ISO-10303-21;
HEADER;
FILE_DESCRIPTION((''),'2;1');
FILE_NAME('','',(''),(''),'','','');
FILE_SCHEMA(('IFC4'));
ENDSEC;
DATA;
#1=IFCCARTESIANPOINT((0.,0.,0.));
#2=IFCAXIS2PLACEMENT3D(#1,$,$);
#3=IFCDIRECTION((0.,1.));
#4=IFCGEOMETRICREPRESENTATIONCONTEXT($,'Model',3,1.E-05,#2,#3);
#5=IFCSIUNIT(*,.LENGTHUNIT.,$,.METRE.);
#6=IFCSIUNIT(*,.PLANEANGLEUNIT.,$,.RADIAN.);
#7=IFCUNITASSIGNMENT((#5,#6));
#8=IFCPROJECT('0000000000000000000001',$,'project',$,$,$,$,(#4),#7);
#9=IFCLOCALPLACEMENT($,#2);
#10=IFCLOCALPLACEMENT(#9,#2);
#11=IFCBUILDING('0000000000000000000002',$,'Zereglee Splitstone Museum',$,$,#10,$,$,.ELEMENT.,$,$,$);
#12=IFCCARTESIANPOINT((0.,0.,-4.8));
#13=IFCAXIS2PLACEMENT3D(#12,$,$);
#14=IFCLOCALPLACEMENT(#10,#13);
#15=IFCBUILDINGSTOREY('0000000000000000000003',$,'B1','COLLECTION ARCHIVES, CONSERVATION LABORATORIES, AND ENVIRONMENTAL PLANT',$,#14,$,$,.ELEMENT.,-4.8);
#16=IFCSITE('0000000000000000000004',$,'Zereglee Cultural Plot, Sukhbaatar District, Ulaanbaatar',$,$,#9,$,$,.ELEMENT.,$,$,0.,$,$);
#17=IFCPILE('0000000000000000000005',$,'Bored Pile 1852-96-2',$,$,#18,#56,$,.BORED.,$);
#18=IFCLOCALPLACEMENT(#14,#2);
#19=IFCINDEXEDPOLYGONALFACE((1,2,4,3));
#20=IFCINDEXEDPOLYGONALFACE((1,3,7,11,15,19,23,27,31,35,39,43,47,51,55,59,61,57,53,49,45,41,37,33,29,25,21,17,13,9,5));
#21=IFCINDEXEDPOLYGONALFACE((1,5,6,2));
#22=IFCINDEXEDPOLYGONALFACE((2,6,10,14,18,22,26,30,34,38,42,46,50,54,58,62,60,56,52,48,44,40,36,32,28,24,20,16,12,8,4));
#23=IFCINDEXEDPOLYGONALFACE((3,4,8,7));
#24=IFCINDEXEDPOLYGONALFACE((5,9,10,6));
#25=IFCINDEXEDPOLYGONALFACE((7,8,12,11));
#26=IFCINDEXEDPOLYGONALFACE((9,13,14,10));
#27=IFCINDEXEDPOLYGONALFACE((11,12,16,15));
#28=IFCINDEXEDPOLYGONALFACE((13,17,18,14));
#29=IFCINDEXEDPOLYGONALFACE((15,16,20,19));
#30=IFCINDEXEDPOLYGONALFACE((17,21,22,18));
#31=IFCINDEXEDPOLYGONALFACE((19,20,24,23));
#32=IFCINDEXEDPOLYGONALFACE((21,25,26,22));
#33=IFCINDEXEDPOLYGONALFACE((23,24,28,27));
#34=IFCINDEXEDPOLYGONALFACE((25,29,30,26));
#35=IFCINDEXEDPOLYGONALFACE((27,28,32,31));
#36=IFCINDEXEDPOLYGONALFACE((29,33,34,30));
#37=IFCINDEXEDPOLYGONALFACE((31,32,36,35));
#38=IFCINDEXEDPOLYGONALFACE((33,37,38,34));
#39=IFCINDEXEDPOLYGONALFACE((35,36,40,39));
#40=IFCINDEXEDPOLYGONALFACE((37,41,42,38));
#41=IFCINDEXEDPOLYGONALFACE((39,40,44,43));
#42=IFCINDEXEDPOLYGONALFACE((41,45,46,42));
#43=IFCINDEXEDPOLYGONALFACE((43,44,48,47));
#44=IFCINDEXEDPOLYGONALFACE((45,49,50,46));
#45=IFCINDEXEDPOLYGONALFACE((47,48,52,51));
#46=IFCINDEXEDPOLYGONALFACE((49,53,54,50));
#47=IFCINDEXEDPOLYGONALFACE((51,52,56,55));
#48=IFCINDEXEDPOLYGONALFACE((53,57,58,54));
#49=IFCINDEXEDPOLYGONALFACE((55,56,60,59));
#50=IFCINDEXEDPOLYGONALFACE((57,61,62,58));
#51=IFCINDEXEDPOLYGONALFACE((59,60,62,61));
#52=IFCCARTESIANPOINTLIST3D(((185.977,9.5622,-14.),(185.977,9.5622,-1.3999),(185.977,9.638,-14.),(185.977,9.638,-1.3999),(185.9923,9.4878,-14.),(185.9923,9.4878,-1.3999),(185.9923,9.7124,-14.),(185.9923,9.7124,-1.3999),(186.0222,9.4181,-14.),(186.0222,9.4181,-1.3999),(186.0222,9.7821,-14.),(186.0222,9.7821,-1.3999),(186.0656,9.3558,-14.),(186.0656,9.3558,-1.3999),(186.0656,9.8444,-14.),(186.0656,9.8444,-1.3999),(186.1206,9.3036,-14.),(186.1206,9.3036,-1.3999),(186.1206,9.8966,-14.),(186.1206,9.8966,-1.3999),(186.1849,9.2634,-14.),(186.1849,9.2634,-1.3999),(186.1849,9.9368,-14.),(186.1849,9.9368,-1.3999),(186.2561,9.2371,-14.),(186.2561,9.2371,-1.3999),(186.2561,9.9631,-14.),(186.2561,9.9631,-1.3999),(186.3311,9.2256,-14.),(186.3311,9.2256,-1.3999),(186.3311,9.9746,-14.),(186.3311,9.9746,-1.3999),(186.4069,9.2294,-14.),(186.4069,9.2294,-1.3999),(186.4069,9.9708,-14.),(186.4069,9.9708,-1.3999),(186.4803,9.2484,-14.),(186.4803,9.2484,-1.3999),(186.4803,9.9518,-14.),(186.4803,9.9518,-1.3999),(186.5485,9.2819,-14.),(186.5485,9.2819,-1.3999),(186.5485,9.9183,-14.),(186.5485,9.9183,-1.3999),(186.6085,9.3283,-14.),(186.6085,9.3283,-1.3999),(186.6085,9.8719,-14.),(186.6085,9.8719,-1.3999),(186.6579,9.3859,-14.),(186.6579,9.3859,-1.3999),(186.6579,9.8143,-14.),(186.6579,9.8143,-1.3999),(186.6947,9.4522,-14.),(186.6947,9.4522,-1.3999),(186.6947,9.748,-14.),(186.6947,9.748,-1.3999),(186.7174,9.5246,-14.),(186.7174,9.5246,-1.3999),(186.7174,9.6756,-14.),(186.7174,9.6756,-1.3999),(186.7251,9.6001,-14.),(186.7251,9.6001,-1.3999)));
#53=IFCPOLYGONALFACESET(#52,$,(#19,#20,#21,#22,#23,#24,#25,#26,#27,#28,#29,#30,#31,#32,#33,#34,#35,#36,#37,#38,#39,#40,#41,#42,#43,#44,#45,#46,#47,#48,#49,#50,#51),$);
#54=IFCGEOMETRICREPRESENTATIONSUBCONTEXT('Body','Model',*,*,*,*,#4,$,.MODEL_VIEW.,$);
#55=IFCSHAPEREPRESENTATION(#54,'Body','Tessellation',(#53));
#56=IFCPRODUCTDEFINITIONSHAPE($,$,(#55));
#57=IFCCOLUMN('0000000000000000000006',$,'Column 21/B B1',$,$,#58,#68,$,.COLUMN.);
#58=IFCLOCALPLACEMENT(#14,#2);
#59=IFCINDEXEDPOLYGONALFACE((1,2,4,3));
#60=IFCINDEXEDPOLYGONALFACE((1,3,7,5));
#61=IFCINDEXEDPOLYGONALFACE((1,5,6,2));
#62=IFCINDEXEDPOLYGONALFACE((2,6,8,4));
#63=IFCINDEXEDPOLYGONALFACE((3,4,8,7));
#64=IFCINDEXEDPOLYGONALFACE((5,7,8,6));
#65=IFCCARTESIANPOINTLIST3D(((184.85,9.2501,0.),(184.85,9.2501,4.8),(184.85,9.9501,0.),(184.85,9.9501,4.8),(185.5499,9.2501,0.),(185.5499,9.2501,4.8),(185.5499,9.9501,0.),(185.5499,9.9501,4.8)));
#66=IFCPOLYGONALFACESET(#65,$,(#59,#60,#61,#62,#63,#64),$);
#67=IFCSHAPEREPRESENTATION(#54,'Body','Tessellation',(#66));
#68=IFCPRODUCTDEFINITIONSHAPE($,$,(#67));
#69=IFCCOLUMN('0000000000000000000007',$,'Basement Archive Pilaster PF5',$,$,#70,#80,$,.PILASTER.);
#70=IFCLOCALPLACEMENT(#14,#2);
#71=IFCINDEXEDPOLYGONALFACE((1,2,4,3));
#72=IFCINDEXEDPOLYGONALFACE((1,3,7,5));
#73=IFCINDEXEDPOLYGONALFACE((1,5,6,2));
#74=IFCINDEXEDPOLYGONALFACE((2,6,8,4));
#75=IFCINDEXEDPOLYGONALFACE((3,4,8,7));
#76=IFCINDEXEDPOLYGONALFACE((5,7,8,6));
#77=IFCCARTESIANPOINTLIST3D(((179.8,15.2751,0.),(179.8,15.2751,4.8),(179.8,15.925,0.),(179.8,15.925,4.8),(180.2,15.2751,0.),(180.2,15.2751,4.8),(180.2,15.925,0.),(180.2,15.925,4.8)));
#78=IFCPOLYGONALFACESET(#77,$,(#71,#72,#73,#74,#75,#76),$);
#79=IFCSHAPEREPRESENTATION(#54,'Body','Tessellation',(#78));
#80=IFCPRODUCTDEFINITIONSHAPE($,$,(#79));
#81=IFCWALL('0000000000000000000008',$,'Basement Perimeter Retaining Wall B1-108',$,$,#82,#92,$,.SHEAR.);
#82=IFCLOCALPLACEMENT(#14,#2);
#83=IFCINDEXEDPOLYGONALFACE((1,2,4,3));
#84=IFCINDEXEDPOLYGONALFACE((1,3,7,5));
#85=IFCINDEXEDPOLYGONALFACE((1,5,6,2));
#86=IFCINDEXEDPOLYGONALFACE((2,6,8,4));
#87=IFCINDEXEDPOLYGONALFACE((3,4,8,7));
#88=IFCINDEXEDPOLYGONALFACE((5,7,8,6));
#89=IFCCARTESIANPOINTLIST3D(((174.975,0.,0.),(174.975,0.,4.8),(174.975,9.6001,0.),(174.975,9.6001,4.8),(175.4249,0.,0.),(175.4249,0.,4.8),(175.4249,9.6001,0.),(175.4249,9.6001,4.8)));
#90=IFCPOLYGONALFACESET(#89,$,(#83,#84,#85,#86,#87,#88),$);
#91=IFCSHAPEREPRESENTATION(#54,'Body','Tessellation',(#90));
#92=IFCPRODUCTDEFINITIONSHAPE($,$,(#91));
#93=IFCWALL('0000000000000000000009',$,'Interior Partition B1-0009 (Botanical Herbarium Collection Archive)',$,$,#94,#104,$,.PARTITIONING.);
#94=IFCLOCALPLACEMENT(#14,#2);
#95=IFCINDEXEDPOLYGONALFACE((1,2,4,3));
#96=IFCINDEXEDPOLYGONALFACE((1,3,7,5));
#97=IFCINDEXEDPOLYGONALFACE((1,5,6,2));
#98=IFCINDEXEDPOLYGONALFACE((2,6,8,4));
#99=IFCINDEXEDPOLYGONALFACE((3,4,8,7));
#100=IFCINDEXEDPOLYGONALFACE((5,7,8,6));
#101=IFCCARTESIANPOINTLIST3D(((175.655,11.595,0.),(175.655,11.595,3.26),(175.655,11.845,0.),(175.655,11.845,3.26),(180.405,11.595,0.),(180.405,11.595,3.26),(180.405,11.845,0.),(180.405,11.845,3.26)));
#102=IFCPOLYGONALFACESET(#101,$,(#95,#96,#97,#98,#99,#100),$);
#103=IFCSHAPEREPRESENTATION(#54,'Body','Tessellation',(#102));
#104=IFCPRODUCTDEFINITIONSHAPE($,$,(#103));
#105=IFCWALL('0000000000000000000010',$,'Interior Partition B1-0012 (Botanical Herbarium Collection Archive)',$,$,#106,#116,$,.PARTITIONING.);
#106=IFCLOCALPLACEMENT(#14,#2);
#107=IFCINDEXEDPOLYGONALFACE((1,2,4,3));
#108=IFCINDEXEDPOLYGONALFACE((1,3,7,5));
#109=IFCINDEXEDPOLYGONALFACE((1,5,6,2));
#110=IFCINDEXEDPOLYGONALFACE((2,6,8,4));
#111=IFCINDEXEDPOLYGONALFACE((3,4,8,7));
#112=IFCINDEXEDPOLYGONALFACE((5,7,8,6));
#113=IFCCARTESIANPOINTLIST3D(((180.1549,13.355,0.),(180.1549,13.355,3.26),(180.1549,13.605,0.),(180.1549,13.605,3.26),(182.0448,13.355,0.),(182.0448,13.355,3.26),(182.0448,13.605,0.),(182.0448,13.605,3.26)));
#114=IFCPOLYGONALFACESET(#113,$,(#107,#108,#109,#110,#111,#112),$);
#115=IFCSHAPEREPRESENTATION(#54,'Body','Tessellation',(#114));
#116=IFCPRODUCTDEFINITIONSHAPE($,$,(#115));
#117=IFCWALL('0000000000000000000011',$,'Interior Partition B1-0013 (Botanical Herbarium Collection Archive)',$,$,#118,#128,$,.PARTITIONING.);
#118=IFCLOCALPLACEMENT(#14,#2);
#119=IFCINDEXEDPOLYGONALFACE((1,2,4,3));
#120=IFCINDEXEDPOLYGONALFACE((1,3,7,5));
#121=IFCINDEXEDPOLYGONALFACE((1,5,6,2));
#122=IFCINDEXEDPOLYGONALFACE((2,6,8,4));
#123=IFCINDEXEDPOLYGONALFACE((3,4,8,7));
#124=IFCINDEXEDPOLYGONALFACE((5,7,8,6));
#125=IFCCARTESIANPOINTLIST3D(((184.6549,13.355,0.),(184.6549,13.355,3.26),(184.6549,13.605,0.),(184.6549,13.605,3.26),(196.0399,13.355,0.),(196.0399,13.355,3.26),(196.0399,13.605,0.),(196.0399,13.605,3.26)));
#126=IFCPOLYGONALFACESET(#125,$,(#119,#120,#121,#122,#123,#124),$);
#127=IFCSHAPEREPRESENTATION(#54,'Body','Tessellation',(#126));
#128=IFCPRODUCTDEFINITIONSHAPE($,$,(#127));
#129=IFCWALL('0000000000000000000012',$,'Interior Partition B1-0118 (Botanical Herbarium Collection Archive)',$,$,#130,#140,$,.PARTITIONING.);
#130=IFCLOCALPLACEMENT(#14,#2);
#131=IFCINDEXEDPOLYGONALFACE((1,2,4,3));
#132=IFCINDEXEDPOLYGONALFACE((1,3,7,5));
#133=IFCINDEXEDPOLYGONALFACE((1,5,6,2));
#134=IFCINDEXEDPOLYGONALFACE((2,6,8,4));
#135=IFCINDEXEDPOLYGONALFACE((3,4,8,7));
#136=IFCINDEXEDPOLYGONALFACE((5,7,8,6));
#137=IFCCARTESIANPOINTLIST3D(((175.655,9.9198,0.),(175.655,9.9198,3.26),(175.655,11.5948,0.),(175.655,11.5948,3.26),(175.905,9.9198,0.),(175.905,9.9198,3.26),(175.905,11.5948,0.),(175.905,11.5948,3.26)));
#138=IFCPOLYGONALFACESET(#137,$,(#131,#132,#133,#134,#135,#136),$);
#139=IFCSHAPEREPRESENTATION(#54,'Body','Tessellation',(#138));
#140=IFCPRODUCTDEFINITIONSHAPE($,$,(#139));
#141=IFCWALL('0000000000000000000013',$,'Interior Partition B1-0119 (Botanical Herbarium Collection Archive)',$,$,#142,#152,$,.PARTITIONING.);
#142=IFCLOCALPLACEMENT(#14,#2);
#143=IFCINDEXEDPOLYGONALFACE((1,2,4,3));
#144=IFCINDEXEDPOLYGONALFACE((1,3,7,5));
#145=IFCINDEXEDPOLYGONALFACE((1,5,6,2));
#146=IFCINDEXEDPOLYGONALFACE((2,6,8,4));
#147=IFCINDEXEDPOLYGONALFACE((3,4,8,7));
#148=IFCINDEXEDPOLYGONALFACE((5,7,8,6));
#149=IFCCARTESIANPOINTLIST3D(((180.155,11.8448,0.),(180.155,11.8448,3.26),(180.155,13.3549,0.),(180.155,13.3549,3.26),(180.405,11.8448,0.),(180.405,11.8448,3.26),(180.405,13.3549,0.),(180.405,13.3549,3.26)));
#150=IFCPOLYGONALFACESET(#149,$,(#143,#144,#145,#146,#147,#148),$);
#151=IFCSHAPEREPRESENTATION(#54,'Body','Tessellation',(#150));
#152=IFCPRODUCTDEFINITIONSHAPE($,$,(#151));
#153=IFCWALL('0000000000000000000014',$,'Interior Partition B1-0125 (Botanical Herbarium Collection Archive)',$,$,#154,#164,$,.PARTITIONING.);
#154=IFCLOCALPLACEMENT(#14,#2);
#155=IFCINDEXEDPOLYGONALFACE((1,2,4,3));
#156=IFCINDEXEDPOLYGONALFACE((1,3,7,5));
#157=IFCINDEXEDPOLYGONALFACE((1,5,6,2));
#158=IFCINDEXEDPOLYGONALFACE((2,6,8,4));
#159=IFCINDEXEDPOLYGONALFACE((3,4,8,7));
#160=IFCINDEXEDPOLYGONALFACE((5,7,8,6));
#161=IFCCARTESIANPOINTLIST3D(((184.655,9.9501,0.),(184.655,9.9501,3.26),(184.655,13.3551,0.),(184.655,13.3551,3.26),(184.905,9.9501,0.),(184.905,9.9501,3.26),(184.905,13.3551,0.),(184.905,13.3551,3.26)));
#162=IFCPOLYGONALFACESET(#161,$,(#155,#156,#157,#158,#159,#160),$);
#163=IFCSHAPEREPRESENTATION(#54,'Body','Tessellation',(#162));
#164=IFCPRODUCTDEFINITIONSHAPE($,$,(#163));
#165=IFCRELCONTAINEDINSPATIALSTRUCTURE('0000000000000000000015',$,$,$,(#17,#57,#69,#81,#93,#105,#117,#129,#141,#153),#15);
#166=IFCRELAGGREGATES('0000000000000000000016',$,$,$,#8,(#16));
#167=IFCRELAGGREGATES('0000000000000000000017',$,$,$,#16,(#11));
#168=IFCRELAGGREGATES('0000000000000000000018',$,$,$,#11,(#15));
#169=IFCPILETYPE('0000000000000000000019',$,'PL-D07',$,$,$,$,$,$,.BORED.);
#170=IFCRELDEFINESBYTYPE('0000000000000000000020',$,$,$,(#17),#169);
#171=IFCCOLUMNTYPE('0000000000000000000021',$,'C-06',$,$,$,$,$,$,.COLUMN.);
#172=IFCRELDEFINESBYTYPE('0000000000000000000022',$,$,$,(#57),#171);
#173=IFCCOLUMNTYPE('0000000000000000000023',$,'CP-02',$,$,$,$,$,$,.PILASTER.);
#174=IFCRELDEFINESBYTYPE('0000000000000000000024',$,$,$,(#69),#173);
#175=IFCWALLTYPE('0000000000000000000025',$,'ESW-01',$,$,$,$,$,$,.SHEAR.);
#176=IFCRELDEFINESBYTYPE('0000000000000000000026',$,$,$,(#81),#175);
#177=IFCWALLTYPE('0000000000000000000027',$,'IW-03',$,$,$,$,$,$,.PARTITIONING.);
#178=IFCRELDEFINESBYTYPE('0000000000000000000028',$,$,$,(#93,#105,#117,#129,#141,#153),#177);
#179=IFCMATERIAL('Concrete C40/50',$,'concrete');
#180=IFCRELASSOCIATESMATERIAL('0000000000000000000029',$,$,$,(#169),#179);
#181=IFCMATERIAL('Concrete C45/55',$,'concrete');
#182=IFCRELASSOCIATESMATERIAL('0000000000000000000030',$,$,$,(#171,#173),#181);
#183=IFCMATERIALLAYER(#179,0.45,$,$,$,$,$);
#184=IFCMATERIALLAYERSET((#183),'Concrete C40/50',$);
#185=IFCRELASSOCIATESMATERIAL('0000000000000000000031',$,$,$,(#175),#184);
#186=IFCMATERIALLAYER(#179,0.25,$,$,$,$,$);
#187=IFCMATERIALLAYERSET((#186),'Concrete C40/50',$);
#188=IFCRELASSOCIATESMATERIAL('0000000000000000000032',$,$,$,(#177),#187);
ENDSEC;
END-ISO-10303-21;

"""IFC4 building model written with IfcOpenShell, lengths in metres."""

from ifc_helpers import new_model, si_unit, direction, frame, frame_2d, origin, origin_2d, place, context, subcontext, project, spatial, rectangle, circle, extrude, material, layer, layer_set, material_profile, profile_set, type_object, element, save


model = new_model("IFC4")

# Units and contexts
model_context = context("Model", 3, precision=1e-05, world=origin(), true_north=direction((0.0, 1.0)))
body_context = subcontext(model_context, "Body", "Model", "MODEL_VIEW")
ifc_project = project(units=[si_unit("LENGTHUNIT", "METRE"), si_unit("PLANEANGLEUNIT", "RADIAN")], contexts=[model_context])

# Site, building, storey
site_placement = place(None, origin())
site = spatial("IfcSite", under=ifc_project, at=site_placement, Name="Zereglee Cultural Plot, Sukhbaatar District, Ulaanbaatar", CompositionType="ELEMENT", RefElevation=0.0)
building_placement = place(site_placement, origin())
building = spatial("IfcBuilding", under=site, at=building_placement, Name="Zereglee Splitstone Museum", CompositionType="ELEMENT")
storey_placement = place(building_placement, frame((0.0, 0.0, -4.8)))
storey = spatial("IfcBuildingStorey", under=building, at=storey_placement, Name="B1", Description="COLLECTION ARCHIVES, CONSERVATION LABORATORIES, AND ENVIRONMENTAL PLANT", CompositionType="ELEMENT", Elevation=-4.8)

# Shared definitions
ifc_material_1 = material(Name="Concrete C40/50", Category="concrete")

# Pile
ifc_material_profile_1 = material_profile(ifc_material_1, circle(Radius=0.375, at=origin_2d()), Name="PILE D750")
ifc_profile_set_1 = profile_set([ifc_material_profile_1], Name="Concrete C40/50")
pile_type = type_object("IfcPileType", Name="PL-D07", PredefinedType="BORED", material=ifc_profile_set_1)
for number, where, z_axis, x_axis, name in (
    (1, (186.3501, 9.6001, -1.3999), (0.0, 0.0, -1.0), (1.0, 0.0, 0.0), "Bored Pile 1852-96-2"),
):
    element("IfcPile", number, at=place(storey_placement, frame(where, z_axis=z_axis, x_axis=x_axis)), inside=storey, type_object=pile_type, Name=name, PredefinedType="BORED", context=body_context, shape_type="SweptSolid", body=[
        extrude(circle(Radius=0.375, at=origin_2d()), origin(), (0.0, 0.0, 1.0), 12.6001),
    ])

# Columns
ifc_material_2 = material(Name="Concrete C45/55", Category="concrete")
ifc_material_profile_2 = material_profile(ifc_material_2, rectangle(XDim=0.7, YDim=0.7, at=origin_2d()), Name="RC 700x700")
ifc_profile_set_2 = profile_set([ifc_material_profile_2], Name="Concrete C45/55")
column_type_1 = type_object("IfcColumnType", Name="C-06", PredefinedType="COLUMN", material=ifc_profile_set_2)
column_1_placement = place(storey_placement, frame((185.2, 9.6001, 0.0), z_axis=(0.0, 0.0, 1.0), x_axis=(1.0, 0.0, 0.0)))
element("IfcColumn", 2, at=column_1_placement, inside=storey, type_object=column_type_1, Name="Column 21/B B1", PredefinedType="COLUMN", context=body_context, shape_type="SweptSolid", body=[
    extrude(rectangle(XDim=0.7, YDim=0.7, at=origin_2d()), origin(), (0.0, 0.0, 1.0), 4.8),
])
ifc_material_profile_3 = material_profile(ifc_material_2, rectangle(XDim=0.3999, YDim=0.6499, at=origin_2d()), Name="RC 400x650")
ifc_profile_set_3 = profile_set([ifc_material_profile_3], Name="Concrete C45/55")
column_type_2 = type_object("IfcColumnType", Name="CP-02", PredefinedType="PILASTER", material=ifc_profile_set_3)
column_2_placement = place(storey_placement, frame((180.0, 15.6001, 0.0), z_axis=(0.0, 0.0, 1.0), x_axis=(1.0, 0.0, 0.0)))
element("IfcColumn", 3, at=column_2_placement, inside=storey, type_object=column_type_2, Name="Basement Archive Pilaster PF5", PredefinedType="PILASTER", context=body_context, shape_type="SweptSolid", body=[
    extrude(rectangle(XDim=0.3999, YDim=0.6499, at=origin_2d()), origin(), (0.0, 0.0, 1.0), 4.8),
])

# Walls
ifc_layer_1 = layer(ifc_material_1, 0.45)
ifc_layer_set_1 = layer_set([ifc_layer_1], Name="Concrete C40/50")
wall_type_1 = type_object("IfcWallType", Name="ESW-01", PredefinedType="SHEAR", material=ifc_layer_set_1)
wall_1_placement = place(storey_placement, frame((175.2, 9.6001, 0.0), z_axis=(0.0, 0.0, 1.0), x_axis=(0.0, -1.0, 0.0)))
element("IfcWall", 4, at=wall_1_placement, inside=storey, type_object=wall_type_1, Name="Basement Perimeter Retaining Wall B1-108", PredefinedType="SHEAR", context=body_context, shape_type="SweptSolid", body=[
    extrude(rectangle(XDim=9.6001, YDim=0.45, at=frame_2d((4.8, 0.0))), origin(), (0.0, 0.0, 1.0), 4.8),
])
ifc_layer_2 = layer(ifc_material_1, 0.25)
ifc_layer_set_2 = layer_set([ifc_layer_2], Name="Concrete C40/50")
wall_type_2 = type_object("IfcWallType", Name="IW-03", PredefinedType="PARTITIONING", material=ifc_layer_set_2)
wall_2_placement = place(storey_placement, frame((175.655, 11.72, 0.0), z_axis=(0.0, 0.0, 1.0), x_axis=(1.0, 0.0, 0.0)))
element("IfcWall", 5, at=wall_2_placement, inside=storey, type_object=wall_type_2, Name="Interior Partition B1-0009 (Botanical Herbarium Collection Archive)", PredefinedType="PARTITIONING", context=body_context, shape_type="SweptSolid", body=[
    extrude(rectangle(XDim=4.75, YDim=0.25, at=frame_2d((2.375, 0.0))), origin(), (0.0, 0.0, 1.0), 3.26),
])
wall_3_placement = place(storey_placement, frame((180.155, 13.48, 0.0), z_axis=(0.0, 0.0, 1.0), x_axis=(1.0, 0.0, 0.0)))
element("IfcWall", 6, at=wall_3_placement, inside=storey, type_object=wall_type_2, Name="Interior Partition B1-0012 (Botanical Herbarium Collection Archive)", PredefinedType="PARTITIONING", context=body_context, shape_type="SweptSolid", body=[
    extrude(rectangle(XDim=1.8899, YDim=0.25, at=frame_2d((0.9448, 0.0))), origin(), (0.0, 0.0, 1.0), 3.26),
])
wall_4_placement = place(storey_placement, frame((184.655, 13.48, 0.0), z_axis=(0.0, 0.0, 1.0), x_axis=(1.0, 0.0, 0.0)))
element("IfcWall", 7, at=wall_4_placement, inside=storey, type_object=wall_type_2, Name="Interior Partition B1-0013 (Botanical Herbarium Collection Archive)", PredefinedType="PARTITIONING", context=body_context, shape_type="SweptSolid", body=[
    extrude(rectangle(XDim=11.385, YDim=0.25, at=frame_2d((5.6924, 0.0))), origin(), (0.0, 0.0, 1.0), 3.26),
])
wall_5_placement = place(storey_placement, frame((175.78, 9.9199, 0.0), z_axis=(0.0, 0.0, 1.0), x_axis=(0.0, 1.0, 0.0)))
element("IfcWall", 8, at=wall_5_placement, inside=storey, type_object=wall_type_2, Name="Interior Partition B1-0118 (Botanical Herbarium Collection Archive)", PredefinedType="PARTITIONING", context=body_context, shape_type="SweptSolid", body=[
    extrude(rectangle(XDim=1.675, YDim=0.25, at=frame_2d((0.8374, 0.0))), origin(), (0.0, 0.0, 1.0), 3.26),
])
wall_6_placement = place(storey_placement, frame((180.28, 11.845, 0.0), z_axis=(0.0, 0.0, 1.0), x_axis=(0.0, 1.0, 0.0)))
element("IfcWall", 9, at=wall_6_placement, inside=storey, type_object=wall_type_2, Name="Interior Partition B1-0119 (Botanical Herbarium Collection Archive)", PredefinedType="PARTITIONING", context=body_context, shape_type="SweptSolid", body=[
    extrude(rectangle(XDim=1.51, YDim=0.25, at=frame_2d((0.7549, 0.0))), origin(), (0.0, 0.0, 1.0), 3.26),
])
wall_7_placement = place(storey_placement, frame((184.78, 9.95, 0.0), z_axis=(0.0, 0.0, 1.0), x_axis=(0.0, 1.0, 0.0)))
element("IfcWall", 10, at=wall_7_placement, inside=storey, type_object=wall_type_2, Name="Interior Partition B1-0125 (Botanical Herbarium Collection Archive)", PredefinedType="PARTITIONING", context=body_context, shape_type="SweptSolid", body=[
    extrude(rectangle(XDim=3.405, YDim=0.25, at=frame_2d((1.7026, 0.0))), origin(), (0.0, 0.0, 1.0), 3.26),
])

save(model, "model.ifc")
